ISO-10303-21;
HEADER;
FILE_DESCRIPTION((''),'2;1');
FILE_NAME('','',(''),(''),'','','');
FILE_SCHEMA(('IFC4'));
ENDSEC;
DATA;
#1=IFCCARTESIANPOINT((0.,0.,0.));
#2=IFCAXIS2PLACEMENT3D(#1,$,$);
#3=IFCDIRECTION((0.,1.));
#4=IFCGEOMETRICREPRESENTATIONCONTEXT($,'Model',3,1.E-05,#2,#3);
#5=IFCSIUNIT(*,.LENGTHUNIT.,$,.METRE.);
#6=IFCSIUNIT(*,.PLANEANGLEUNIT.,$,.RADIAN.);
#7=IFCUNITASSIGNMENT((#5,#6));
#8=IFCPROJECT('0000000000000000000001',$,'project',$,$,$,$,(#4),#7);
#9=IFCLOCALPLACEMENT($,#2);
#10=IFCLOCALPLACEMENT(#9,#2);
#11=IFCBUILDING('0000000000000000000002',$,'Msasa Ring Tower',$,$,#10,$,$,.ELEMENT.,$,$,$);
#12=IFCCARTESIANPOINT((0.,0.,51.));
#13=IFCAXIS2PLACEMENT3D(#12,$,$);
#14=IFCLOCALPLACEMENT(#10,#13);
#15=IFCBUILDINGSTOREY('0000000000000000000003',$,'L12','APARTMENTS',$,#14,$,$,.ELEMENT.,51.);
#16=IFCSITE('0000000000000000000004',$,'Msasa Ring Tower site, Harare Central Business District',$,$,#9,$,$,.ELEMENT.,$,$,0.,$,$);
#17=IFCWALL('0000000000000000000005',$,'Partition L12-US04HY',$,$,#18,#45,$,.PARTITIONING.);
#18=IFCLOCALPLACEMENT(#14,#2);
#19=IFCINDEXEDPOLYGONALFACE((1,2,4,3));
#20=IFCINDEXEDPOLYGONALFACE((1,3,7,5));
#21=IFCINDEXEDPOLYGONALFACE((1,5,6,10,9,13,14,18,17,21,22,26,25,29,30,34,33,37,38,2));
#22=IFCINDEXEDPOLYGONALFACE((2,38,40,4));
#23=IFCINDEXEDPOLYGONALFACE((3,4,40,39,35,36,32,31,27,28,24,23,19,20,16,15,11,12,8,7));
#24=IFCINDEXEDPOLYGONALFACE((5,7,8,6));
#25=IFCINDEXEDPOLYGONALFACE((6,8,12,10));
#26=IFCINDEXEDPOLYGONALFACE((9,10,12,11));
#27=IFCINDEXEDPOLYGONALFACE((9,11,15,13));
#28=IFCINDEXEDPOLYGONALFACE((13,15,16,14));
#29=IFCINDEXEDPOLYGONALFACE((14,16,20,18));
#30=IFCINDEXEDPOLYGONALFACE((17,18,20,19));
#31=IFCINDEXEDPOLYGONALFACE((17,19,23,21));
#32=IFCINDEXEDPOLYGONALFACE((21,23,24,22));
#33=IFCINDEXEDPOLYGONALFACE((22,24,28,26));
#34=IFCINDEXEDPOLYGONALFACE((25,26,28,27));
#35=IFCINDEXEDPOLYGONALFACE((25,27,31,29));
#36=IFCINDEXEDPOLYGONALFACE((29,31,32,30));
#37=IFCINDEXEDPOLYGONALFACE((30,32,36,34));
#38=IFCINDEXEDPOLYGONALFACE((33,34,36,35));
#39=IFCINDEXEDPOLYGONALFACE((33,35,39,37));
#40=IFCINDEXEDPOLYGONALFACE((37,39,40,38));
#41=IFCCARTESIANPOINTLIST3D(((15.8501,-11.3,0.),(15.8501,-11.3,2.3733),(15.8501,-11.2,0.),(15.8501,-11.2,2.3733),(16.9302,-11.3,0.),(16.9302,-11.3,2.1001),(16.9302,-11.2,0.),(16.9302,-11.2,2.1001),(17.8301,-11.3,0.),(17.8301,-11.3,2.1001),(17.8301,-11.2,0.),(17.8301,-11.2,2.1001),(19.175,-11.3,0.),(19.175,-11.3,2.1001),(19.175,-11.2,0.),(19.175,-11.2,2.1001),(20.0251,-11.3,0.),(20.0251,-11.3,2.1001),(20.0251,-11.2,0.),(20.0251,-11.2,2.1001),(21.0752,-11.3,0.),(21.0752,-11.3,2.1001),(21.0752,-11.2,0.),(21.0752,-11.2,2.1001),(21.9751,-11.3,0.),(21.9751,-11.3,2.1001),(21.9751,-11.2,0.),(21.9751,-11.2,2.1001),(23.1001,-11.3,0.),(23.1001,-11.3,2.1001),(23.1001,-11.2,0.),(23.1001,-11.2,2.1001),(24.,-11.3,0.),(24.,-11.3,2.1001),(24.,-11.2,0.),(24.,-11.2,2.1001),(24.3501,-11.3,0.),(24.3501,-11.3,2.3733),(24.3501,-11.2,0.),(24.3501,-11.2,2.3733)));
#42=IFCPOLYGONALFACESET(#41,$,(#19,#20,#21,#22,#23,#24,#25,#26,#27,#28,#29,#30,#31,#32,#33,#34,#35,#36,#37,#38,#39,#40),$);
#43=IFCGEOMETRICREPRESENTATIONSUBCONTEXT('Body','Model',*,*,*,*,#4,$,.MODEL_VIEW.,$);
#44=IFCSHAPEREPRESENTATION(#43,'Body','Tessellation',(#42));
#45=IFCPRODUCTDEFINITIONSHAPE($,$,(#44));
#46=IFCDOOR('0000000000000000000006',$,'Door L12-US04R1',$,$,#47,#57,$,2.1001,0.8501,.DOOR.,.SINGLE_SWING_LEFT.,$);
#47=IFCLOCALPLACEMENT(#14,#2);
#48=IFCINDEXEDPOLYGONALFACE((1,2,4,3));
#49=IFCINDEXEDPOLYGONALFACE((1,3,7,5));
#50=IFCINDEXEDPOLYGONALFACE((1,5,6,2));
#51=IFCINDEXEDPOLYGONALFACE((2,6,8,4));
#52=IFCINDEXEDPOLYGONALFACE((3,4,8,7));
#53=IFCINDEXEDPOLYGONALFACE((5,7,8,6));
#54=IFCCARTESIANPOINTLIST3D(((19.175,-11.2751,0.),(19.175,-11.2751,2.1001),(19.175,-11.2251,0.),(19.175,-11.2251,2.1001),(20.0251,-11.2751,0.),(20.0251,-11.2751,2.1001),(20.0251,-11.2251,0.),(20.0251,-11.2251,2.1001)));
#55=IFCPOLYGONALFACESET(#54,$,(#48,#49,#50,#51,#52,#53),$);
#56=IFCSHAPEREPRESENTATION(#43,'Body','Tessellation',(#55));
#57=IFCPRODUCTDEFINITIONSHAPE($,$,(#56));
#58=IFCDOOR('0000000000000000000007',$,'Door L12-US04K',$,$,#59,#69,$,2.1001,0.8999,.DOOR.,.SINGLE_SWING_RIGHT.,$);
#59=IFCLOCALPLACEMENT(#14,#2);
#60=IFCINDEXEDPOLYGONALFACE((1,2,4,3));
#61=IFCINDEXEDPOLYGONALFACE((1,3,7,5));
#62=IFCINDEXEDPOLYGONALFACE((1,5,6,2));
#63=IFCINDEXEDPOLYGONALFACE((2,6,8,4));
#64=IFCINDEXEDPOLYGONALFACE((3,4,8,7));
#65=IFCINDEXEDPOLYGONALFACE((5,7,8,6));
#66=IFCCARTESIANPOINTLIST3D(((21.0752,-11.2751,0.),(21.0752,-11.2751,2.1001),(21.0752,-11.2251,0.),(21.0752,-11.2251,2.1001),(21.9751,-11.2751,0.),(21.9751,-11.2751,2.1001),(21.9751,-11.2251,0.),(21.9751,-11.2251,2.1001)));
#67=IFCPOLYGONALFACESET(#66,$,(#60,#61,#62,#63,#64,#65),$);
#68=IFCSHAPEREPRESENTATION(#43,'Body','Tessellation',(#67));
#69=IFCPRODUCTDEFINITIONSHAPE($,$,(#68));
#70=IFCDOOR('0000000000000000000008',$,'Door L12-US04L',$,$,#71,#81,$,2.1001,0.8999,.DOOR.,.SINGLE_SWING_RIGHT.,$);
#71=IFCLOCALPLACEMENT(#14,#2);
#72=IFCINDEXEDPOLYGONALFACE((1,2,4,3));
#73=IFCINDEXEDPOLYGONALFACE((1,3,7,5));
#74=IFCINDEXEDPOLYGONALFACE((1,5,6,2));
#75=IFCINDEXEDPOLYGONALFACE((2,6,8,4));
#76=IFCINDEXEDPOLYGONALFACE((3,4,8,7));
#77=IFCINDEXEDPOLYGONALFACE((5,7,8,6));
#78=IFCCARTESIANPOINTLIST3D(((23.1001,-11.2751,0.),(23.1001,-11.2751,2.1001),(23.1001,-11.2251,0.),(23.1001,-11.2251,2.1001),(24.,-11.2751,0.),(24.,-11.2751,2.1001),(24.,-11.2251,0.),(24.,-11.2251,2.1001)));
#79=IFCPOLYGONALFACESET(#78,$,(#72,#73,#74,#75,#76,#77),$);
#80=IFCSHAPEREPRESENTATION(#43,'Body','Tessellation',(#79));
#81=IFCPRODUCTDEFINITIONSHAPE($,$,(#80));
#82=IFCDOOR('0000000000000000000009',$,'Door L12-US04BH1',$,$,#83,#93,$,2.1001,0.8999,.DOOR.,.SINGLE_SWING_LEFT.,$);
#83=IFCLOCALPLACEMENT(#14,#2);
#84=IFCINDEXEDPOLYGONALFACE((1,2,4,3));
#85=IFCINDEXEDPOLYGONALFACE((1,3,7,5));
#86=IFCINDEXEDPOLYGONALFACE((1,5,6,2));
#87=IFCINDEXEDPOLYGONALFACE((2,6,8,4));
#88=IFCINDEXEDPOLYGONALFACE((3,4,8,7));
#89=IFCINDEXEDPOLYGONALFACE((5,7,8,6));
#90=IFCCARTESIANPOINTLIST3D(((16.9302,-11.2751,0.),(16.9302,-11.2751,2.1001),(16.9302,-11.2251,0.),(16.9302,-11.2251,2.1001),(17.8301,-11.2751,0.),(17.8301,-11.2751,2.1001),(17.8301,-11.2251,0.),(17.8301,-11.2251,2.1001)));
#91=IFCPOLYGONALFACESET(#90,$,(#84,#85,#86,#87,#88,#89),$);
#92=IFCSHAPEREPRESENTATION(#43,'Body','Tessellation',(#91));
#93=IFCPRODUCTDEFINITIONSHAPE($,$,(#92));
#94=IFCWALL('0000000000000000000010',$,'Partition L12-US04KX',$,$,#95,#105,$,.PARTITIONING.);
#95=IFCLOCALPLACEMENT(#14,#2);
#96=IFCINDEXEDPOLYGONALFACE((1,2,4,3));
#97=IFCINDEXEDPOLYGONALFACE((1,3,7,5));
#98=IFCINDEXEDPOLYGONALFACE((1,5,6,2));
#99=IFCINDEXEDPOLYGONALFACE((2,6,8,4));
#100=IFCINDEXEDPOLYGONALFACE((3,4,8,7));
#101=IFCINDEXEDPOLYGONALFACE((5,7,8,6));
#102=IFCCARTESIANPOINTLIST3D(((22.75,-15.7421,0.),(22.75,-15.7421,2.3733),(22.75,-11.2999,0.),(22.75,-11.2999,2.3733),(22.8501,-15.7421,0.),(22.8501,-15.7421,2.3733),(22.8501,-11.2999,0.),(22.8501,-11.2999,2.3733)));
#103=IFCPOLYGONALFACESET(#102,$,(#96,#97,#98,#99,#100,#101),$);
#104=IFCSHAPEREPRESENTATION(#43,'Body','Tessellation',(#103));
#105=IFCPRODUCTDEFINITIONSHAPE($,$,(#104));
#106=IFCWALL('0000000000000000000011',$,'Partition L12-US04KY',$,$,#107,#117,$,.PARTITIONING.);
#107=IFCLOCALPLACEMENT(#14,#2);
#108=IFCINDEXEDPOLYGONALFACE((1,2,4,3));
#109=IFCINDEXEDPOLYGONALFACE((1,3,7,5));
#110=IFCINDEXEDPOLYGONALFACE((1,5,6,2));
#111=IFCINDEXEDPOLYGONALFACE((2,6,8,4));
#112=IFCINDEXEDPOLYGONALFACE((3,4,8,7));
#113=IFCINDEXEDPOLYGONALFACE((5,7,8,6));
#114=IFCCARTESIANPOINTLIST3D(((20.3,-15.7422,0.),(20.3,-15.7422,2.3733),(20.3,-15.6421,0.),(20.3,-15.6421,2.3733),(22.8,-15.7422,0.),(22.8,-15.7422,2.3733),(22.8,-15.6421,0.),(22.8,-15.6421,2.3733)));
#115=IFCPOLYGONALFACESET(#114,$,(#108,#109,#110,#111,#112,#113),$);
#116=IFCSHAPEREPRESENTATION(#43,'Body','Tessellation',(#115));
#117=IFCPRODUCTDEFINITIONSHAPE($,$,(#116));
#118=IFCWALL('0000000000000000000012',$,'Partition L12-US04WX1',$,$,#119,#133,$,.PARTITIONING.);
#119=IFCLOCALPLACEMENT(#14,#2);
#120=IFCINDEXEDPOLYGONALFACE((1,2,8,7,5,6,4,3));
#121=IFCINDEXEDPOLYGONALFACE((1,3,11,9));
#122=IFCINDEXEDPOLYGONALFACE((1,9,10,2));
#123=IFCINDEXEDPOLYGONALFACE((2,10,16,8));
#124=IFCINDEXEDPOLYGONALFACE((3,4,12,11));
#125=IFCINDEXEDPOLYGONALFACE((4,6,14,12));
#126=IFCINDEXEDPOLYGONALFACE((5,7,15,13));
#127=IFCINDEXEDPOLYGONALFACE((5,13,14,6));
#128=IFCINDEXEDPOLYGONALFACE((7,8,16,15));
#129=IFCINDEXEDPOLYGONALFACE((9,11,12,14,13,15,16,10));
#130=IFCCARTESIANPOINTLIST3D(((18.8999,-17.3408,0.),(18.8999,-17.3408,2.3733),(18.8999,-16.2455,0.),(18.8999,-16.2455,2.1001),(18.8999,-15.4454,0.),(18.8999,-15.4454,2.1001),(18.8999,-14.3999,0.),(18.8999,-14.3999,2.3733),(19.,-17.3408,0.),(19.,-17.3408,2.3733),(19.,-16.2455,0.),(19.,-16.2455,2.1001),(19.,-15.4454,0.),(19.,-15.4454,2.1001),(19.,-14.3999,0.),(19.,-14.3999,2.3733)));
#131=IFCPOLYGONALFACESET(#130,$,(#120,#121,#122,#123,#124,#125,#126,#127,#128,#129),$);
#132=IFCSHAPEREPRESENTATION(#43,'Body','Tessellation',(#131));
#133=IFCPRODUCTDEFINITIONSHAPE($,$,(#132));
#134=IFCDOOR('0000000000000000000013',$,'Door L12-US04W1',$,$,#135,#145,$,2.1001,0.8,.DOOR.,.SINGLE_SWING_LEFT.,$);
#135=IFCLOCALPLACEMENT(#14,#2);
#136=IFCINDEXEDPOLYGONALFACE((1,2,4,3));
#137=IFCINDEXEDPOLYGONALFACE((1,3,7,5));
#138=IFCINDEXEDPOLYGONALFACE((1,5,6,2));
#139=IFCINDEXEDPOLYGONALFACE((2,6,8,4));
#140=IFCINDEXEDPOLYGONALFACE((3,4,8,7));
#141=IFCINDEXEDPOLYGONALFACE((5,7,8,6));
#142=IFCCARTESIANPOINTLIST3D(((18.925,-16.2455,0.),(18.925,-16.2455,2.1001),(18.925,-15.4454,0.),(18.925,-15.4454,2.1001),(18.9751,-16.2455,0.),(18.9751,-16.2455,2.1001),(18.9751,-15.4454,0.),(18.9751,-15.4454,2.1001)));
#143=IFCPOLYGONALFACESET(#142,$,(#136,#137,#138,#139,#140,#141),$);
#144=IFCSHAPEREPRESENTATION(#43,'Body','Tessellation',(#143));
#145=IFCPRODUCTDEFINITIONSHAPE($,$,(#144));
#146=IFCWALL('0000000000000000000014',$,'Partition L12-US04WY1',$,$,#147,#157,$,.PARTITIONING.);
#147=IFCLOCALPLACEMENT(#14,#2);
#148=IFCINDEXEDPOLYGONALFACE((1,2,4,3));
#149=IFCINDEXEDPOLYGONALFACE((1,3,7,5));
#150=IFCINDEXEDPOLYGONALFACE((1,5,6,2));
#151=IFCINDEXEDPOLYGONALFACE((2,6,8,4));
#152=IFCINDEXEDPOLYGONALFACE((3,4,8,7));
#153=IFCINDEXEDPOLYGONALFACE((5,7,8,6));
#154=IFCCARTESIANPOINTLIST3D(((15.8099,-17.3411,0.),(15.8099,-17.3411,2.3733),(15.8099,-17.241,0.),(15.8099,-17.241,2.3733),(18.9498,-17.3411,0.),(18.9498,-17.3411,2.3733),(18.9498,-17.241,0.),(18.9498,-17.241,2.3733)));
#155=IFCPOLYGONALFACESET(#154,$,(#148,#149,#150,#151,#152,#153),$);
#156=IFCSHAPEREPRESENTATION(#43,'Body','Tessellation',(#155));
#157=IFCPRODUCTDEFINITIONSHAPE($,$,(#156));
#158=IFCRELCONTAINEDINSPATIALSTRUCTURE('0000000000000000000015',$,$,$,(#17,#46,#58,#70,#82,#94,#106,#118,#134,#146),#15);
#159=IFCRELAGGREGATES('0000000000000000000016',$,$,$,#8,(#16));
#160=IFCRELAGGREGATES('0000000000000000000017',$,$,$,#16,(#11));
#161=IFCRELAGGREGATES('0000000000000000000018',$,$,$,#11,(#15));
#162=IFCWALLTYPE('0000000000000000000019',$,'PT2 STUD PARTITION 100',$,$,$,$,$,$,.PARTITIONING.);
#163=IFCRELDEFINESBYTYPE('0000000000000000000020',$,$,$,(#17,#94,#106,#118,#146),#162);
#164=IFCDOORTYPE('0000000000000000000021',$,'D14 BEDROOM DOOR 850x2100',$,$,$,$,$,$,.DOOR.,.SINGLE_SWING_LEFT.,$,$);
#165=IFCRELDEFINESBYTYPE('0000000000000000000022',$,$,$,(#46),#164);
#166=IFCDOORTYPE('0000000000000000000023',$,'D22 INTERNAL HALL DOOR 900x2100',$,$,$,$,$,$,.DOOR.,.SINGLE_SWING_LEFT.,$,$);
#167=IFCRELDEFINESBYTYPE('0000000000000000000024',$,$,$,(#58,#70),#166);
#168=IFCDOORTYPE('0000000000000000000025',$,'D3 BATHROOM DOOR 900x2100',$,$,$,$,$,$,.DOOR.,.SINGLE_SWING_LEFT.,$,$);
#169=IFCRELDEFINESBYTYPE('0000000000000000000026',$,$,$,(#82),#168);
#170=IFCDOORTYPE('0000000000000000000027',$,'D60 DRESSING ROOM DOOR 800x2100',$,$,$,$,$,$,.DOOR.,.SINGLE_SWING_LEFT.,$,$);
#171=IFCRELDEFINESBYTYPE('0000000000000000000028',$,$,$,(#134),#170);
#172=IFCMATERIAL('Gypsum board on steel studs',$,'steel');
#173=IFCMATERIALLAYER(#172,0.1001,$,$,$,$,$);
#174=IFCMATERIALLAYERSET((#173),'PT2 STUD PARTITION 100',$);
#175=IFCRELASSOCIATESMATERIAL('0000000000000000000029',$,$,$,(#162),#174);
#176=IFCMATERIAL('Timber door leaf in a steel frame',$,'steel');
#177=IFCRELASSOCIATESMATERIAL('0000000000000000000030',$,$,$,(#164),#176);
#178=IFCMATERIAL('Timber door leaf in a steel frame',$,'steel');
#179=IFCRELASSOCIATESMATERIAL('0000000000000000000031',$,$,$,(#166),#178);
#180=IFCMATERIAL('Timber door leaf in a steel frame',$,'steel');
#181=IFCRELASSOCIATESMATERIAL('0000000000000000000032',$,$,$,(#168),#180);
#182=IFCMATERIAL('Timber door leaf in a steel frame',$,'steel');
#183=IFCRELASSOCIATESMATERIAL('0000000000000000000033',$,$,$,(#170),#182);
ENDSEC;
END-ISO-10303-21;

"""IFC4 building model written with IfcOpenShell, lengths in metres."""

from ifc_helpers import new_model, si_unit, direction, frame, frame_2d, origin, place, context, subcontext, project, spatial, rectangle, extrude, material, layer, layer_set, type_object, element, fill, save


model = new_model("IFC4")

# Units and contexts
model_context = context("Model", 3, precision=1e-05, world=origin(), true_north=direction((0.0, 1.0)))
body_context = subcontext(model_context, "Body", "Model", "MODEL_VIEW")
ifc_project = project(units=[si_unit("LENGTHUNIT", "METRE"), si_unit("PLANEANGLEUNIT", "RADIAN")], contexts=[model_context])

# Site, building, storey
site_placement = place(None, origin())
site = spatial("IfcSite", under=ifc_project, at=site_placement, Name="Msasa Ring Tower site, Harare Central Business District", CompositionType="ELEMENT", RefElevation=0.0)
building_placement = place(site_placement, origin())
building = spatial("IfcBuilding", under=site, at=building_placement, Name="Msasa Ring Tower", CompositionType="ELEMENT")
storey_placement = place(building_placement, frame((0.0, 0.0, 51.0)))
storey = spatial("IfcBuildingStorey", under=building, at=storey_placement, Name="L12", Description="APARTMENTS", CompositionType="ELEMENT", Elevation=51.0)

# Wall, openings, doors
ifc_material_1 = material(Name="Gypsum board on steel studs", Category="steel")
ifc_layer_1 = layer(ifc_material_1, 0.1001)
ifc_layer_set_1 = layer_set([ifc_layer_1], Name="PT2 STUD PARTITION 100")
wall_type_1 = type_object("IfcWallType", Name="PT2 STUD PARTITION 100", PredefinedType="PARTITIONING", material=ifc_layer_set_1)
wall_1_placement = place(storey_placement, frame((15.8501, -11.25, 0.0), z_axis=(0.0, 0.0, 1.0), x_axis=(1.0, 0.0, 0.0)))
wall_1 = element("IfcWall", 1, at=wall_1_placement, inside=storey, type_object=wall_type_1, Name="Partition L12-US04HY", PredefinedType="PARTITIONING", context=body_context, shape_type="SweptSolid", body=[
    extrude(rectangle(XDim=8.5, YDim=0.1001, at=frame_2d((4.25, 0.0))), origin(), (0.0, 0.0, 1.0), 2.3733),
])
opening_1_placement = place(wall_1_placement, frame((5.2251, 0.0, 0.0)))
opening_1 = element("IfcOpeningElement", 2, at=opening_1_placement, cuts=wall_1, PredefinedType="OPENING", context=body_context, shape_type="SweptSolid", body=[
    extrude(rectangle(XDim=0.8999, YDim=2.1001, at=frame_2d((0.45, 1.05))), frame((0.0, 0.0601, 0.0), z_axis=(0.0, -1.0, 0.0), x_axis=(1.0, 0.0, 0.0)), (0.0, 0.0, 1.0), 0.1201),
])
opening_2_placement = place(wall_1_placement, frame((7.25, 0.0, 0.0)))
opening_2 = element("IfcOpeningElement", 3, at=opening_2_placement, cuts=wall_1, PredefinedType="OPENING", context=body_context, shape_type="SweptSolid", body=[
    extrude(rectangle(XDim=0.8999, YDim=2.1001, at=frame_2d((0.45, 1.05))), frame((0.0, 0.0601, 0.0), z_axis=(0.0, -1.0, 0.0), x_axis=(1.0, 0.0, 0.0)), (0.0, 0.0, 1.0), 0.1201),
])
opening_3_placement = place(wall_1_placement, frame((3.325, 0.0, 0.0)))
opening_3 = element("IfcOpeningElement", 4, at=opening_3_placement, cuts=wall_1, PredefinedType="OPENING", context=body_context, shape_type="SweptSolid", body=[
    extrude(rectangle(XDim=0.8501, YDim=2.1001, at=frame_2d((0.425, 1.05))), frame((0.0, 0.0601, 0.0), z_axis=(0.0, -1.0, 0.0), x_axis=(1.0, 0.0, 0.0)), (0.0, 0.0, 1.0), 0.1201),
])
opening_4_placement = place(wall_1_placement, frame((1.0801, 0.0, 0.0)))
opening_4 = element("IfcOpeningElement", 5, at=opening_4_placement, cuts=wall_1, PredefinedType="OPENING", context=body_context, shape_type="SweptSolid", body=[
    extrude(rectangle(XDim=0.8999, YDim=2.1001, at=frame_2d((0.45, 1.05))), frame((0.0, 0.0601, 0.0), z_axis=(0.0, -1.0, 0.0), x_axis=(1.0, 0.0, 0.0)), (0.0, 0.0, 1.0), 0.1201),
])
ifc_material_2 = material(Name="Timber door leaf in a steel frame", Category="steel")
door_type_1 = type_object("IfcDoorType", Name="D14 BEDROOM DOOR 850x2100", OperationType="SINGLE_SWING_LEFT", PredefinedType="DOOR", material=ifc_material_2)
door_1_placement = place(opening_3_placement, origin())
door_1 = element("IfcDoor", 6, at=door_1_placement, inside=storey, type_object=door_type_1, Name="Door L12-US04R1", OperationType="SINGLE_SWING_LEFT", OverallHeight=2.1001, OverallWidth=0.8501, PredefinedType="DOOR", context=body_context, shape_type="SweptSolid", body=[
    extrude(rectangle(XDim=0.8501, YDim=2.1001, at=frame_2d((0.425, 1.05))), frame((0.0, 0.0249, 0.0), z_axis=(0.0, -1.0, 0.0), x_axis=(1.0, 0.0, 0.0)), (0.0, 0.0, 1.0), 0.05),
])
fill(opening_3, door_1)
ifc_material_3 = material(Name="Timber door leaf in a steel frame", Category="steel")
door_type_2 = type_object("IfcDoorType", Name="D22 INTERNAL HALL DOOR 900x2100", OperationType="SINGLE_SWING_LEFT", PredefinedType="DOOR", material=ifc_material_3)
door_2_placement = place(opening_1_placement, origin())
door_2 = element("IfcDoor", 7, at=door_2_placement, inside=storey, type_object=door_type_2, Name="Door L12-US04K", OperationType="SINGLE_SWING_RIGHT", OverallHeight=2.1001, OverallWidth=0.8999, PredefinedType="DOOR", context=body_context, shape_type="SweptSolid", body=[
    extrude(rectangle(XDim=0.8999, YDim=2.1001, at=frame_2d((0.45, 1.05))), frame((0.0, 0.0249, 0.0), z_axis=(0.0, -1.0, 0.0), x_axis=(1.0, 0.0, 0.0)), (0.0, 0.0, 1.0), 0.05),
])
fill(opening_1, door_2)
door_3_placement = place(opening_2_placement, origin())
door_3 = element("IfcDoor", 8, at=door_3_placement, inside=storey, type_object=door_type_2, Name="Door L12-US04L", OperationType="SINGLE_SWING_RIGHT", OverallHeight=2.1001, OverallWidth=0.8999, PredefinedType="DOOR", context=body_context, shape_type="SweptSolid", body=[
    extrude(rectangle(XDim=0.8999, YDim=2.1001, at=frame_2d((0.45, 1.05))), frame((0.0, 0.0249, 0.0), z_axis=(0.0, -1.0, 0.0), x_axis=(1.0, 0.0, 0.0)), (0.0, 0.0, 1.0), 0.05),
])
fill(opening_2, door_3)
ifc_material_4 = material(Name="Timber door leaf in a steel frame", Category="steel")
door_type_3 = type_object("IfcDoorType", Name="D3 BATHROOM DOOR 900x2100", OperationType="SINGLE_SWING_LEFT", PredefinedType="DOOR", material=ifc_material_4)
door_4_placement = place(opening_4_placement, origin())
door_4 = element("IfcDoor", 9, at=door_4_placement, inside=storey, type_object=door_type_3, Name="Door L12-US04BH1", OperationType="SINGLE_SWING_LEFT", OverallHeight=2.1001, OverallWidth=0.8999, PredefinedType="DOOR", context=body_context, shape_type="SweptSolid", body=[
    extrude(rectangle(XDim=0.8999, YDim=2.1001, at=frame_2d((0.45, 1.05))), frame((0.0, 0.0249, 0.0), z_axis=(0.0, -1.0, 0.0), x_axis=(1.0, 0.0, 0.0)), (0.0, 0.0, 1.0), 0.05),
])
fill(opening_4, door_4)

# Walls
wall_2_placement = place(storey_placement, frame((22.8, -15.7422, 0.0), z_axis=(0.0, 0.0, 1.0), x_axis=(0.0, 1.0, 0.0)))
element("IfcWall", 10, at=wall_2_placement, inside=storey, type_object=wall_type_1, Name="Partition L12-US04KX", PredefinedType="PARTITIONING", context=body_context, shape_type="SweptSolid", body=[
    extrude(rectangle(XDim=4.4421, YDim=0.1001, at=frame_2d((2.2212, 0.0))), origin(), (0.0, 0.0, 1.0), 2.3733),
])
wall_3_placement = place(storey_placement, frame((20.3, -15.6921, 0.0), z_axis=(0.0, 0.0, 1.0), x_axis=(1.0, 0.0, 0.0)))
element("IfcWall", 11, at=wall_3_placement, inside=storey, type_object=wall_type_1, Name="Partition L12-US04KY", PredefinedType="PARTITIONING", context=body_context, shape_type="SweptSolid", body=[
    extrude(rectangle(XDim=2.5, YDim=0.1001, at=frame_2d((1.25, 0.0))), origin(), (0.0, 0.0, 1.0), 2.3733),
])

# Wall, opening, door
wall_4_placement = place(storey_placement, frame((18.95, -17.3408, 0.0), z_axis=(0.0, 0.0, 1.0), x_axis=(0.0, 1.0, 0.0)))
wall_4 = element("IfcWall", 12, at=wall_4_placement, inside=storey, type_object=wall_type_1, Name="Partition L12-US04WX1", PredefinedType="PARTITIONING", context=body_context, shape_type="SweptSolid", body=[
    extrude(rectangle(XDim=2.9409, YDim=0.1001, at=frame_2d((1.4705, 0.0))), origin(), (0.0, 0.0, 1.0), 2.3733),
])
opening_5_placement = place(wall_4_placement, frame((1.0955, 0.0, 0.0)))
opening_5 = element("IfcOpeningElement", 13, at=opening_5_placement, cuts=wall_4, PredefinedType="OPENING", context=body_context, shape_type="SweptSolid", body=[
    extrude(rectangle(XDim=0.8, YDim=2.1001, at=frame_2d((0.3999, 1.05))), frame((0.0, 0.0601, 0.0), z_axis=(0.0, -1.0, 0.0), x_axis=(1.0, 0.0, 0.0)), (0.0, 0.0, 1.0), 0.1201),
])
ifc_material_5 = material(Name="Timber door leaf in a steel frame", Category="steel")
door_type_4 = type_object("IfcDoorType", Name="D60 DRESSING ROOM DOOR 800x2100", OperationType="SINGLE_SWING_LEFT", PredefinedType="DOOR", material=ifc_material_5)
door_5_placement = place(opening_5_placement, origin())
door_5 = element("IfcDoor", 14, at=door_5_placement, inside=storey, type_object=door_type_4, Name="Door L12-US04W1", OperationType="SINGLE_SWING_LEFT", OverallHeight=2.1001, OverallWidth=0.8, PredefinedType="DOOR", context=body_context, shape_type="SweptSolid", body=[
    extrude(rectangle(XDim=0.8, YDim=2.1001, at=frame_2d((0.3999, 1.05))), frame((0.0, 0.0249, 0.0), z_axis=(0.0, -1.0, 0.0), x_axis=(1.0, 0.0, 0.0)), (0.0, 0.0, 1.0), 0.05),
])
fill(opening_5, door_5)

# Wall
wall_5_placement = place(storey_placement, frame((15.8101, -17.291, 0.0), z_axis=(0.0, 0.0, 1.0), x_axis=(1.0, 0.0, 0.0)))
element("IfcWall", 15, at=wall_5_placement, inside=storey, type_object=wall_type_1, Name="Partition L12-US04WY1", PredefinedType="PARTITIONING", context=body_context, shape_type="SweptSolid", body=[
    extrude(rectangle(XDim=3.1399, YDim=0.1001, at=frame_2d((1.5698, 0.0))), origin(), (0.0, 0.0, 1.0), 2.3733),
])

save(model, "model.ifc")
